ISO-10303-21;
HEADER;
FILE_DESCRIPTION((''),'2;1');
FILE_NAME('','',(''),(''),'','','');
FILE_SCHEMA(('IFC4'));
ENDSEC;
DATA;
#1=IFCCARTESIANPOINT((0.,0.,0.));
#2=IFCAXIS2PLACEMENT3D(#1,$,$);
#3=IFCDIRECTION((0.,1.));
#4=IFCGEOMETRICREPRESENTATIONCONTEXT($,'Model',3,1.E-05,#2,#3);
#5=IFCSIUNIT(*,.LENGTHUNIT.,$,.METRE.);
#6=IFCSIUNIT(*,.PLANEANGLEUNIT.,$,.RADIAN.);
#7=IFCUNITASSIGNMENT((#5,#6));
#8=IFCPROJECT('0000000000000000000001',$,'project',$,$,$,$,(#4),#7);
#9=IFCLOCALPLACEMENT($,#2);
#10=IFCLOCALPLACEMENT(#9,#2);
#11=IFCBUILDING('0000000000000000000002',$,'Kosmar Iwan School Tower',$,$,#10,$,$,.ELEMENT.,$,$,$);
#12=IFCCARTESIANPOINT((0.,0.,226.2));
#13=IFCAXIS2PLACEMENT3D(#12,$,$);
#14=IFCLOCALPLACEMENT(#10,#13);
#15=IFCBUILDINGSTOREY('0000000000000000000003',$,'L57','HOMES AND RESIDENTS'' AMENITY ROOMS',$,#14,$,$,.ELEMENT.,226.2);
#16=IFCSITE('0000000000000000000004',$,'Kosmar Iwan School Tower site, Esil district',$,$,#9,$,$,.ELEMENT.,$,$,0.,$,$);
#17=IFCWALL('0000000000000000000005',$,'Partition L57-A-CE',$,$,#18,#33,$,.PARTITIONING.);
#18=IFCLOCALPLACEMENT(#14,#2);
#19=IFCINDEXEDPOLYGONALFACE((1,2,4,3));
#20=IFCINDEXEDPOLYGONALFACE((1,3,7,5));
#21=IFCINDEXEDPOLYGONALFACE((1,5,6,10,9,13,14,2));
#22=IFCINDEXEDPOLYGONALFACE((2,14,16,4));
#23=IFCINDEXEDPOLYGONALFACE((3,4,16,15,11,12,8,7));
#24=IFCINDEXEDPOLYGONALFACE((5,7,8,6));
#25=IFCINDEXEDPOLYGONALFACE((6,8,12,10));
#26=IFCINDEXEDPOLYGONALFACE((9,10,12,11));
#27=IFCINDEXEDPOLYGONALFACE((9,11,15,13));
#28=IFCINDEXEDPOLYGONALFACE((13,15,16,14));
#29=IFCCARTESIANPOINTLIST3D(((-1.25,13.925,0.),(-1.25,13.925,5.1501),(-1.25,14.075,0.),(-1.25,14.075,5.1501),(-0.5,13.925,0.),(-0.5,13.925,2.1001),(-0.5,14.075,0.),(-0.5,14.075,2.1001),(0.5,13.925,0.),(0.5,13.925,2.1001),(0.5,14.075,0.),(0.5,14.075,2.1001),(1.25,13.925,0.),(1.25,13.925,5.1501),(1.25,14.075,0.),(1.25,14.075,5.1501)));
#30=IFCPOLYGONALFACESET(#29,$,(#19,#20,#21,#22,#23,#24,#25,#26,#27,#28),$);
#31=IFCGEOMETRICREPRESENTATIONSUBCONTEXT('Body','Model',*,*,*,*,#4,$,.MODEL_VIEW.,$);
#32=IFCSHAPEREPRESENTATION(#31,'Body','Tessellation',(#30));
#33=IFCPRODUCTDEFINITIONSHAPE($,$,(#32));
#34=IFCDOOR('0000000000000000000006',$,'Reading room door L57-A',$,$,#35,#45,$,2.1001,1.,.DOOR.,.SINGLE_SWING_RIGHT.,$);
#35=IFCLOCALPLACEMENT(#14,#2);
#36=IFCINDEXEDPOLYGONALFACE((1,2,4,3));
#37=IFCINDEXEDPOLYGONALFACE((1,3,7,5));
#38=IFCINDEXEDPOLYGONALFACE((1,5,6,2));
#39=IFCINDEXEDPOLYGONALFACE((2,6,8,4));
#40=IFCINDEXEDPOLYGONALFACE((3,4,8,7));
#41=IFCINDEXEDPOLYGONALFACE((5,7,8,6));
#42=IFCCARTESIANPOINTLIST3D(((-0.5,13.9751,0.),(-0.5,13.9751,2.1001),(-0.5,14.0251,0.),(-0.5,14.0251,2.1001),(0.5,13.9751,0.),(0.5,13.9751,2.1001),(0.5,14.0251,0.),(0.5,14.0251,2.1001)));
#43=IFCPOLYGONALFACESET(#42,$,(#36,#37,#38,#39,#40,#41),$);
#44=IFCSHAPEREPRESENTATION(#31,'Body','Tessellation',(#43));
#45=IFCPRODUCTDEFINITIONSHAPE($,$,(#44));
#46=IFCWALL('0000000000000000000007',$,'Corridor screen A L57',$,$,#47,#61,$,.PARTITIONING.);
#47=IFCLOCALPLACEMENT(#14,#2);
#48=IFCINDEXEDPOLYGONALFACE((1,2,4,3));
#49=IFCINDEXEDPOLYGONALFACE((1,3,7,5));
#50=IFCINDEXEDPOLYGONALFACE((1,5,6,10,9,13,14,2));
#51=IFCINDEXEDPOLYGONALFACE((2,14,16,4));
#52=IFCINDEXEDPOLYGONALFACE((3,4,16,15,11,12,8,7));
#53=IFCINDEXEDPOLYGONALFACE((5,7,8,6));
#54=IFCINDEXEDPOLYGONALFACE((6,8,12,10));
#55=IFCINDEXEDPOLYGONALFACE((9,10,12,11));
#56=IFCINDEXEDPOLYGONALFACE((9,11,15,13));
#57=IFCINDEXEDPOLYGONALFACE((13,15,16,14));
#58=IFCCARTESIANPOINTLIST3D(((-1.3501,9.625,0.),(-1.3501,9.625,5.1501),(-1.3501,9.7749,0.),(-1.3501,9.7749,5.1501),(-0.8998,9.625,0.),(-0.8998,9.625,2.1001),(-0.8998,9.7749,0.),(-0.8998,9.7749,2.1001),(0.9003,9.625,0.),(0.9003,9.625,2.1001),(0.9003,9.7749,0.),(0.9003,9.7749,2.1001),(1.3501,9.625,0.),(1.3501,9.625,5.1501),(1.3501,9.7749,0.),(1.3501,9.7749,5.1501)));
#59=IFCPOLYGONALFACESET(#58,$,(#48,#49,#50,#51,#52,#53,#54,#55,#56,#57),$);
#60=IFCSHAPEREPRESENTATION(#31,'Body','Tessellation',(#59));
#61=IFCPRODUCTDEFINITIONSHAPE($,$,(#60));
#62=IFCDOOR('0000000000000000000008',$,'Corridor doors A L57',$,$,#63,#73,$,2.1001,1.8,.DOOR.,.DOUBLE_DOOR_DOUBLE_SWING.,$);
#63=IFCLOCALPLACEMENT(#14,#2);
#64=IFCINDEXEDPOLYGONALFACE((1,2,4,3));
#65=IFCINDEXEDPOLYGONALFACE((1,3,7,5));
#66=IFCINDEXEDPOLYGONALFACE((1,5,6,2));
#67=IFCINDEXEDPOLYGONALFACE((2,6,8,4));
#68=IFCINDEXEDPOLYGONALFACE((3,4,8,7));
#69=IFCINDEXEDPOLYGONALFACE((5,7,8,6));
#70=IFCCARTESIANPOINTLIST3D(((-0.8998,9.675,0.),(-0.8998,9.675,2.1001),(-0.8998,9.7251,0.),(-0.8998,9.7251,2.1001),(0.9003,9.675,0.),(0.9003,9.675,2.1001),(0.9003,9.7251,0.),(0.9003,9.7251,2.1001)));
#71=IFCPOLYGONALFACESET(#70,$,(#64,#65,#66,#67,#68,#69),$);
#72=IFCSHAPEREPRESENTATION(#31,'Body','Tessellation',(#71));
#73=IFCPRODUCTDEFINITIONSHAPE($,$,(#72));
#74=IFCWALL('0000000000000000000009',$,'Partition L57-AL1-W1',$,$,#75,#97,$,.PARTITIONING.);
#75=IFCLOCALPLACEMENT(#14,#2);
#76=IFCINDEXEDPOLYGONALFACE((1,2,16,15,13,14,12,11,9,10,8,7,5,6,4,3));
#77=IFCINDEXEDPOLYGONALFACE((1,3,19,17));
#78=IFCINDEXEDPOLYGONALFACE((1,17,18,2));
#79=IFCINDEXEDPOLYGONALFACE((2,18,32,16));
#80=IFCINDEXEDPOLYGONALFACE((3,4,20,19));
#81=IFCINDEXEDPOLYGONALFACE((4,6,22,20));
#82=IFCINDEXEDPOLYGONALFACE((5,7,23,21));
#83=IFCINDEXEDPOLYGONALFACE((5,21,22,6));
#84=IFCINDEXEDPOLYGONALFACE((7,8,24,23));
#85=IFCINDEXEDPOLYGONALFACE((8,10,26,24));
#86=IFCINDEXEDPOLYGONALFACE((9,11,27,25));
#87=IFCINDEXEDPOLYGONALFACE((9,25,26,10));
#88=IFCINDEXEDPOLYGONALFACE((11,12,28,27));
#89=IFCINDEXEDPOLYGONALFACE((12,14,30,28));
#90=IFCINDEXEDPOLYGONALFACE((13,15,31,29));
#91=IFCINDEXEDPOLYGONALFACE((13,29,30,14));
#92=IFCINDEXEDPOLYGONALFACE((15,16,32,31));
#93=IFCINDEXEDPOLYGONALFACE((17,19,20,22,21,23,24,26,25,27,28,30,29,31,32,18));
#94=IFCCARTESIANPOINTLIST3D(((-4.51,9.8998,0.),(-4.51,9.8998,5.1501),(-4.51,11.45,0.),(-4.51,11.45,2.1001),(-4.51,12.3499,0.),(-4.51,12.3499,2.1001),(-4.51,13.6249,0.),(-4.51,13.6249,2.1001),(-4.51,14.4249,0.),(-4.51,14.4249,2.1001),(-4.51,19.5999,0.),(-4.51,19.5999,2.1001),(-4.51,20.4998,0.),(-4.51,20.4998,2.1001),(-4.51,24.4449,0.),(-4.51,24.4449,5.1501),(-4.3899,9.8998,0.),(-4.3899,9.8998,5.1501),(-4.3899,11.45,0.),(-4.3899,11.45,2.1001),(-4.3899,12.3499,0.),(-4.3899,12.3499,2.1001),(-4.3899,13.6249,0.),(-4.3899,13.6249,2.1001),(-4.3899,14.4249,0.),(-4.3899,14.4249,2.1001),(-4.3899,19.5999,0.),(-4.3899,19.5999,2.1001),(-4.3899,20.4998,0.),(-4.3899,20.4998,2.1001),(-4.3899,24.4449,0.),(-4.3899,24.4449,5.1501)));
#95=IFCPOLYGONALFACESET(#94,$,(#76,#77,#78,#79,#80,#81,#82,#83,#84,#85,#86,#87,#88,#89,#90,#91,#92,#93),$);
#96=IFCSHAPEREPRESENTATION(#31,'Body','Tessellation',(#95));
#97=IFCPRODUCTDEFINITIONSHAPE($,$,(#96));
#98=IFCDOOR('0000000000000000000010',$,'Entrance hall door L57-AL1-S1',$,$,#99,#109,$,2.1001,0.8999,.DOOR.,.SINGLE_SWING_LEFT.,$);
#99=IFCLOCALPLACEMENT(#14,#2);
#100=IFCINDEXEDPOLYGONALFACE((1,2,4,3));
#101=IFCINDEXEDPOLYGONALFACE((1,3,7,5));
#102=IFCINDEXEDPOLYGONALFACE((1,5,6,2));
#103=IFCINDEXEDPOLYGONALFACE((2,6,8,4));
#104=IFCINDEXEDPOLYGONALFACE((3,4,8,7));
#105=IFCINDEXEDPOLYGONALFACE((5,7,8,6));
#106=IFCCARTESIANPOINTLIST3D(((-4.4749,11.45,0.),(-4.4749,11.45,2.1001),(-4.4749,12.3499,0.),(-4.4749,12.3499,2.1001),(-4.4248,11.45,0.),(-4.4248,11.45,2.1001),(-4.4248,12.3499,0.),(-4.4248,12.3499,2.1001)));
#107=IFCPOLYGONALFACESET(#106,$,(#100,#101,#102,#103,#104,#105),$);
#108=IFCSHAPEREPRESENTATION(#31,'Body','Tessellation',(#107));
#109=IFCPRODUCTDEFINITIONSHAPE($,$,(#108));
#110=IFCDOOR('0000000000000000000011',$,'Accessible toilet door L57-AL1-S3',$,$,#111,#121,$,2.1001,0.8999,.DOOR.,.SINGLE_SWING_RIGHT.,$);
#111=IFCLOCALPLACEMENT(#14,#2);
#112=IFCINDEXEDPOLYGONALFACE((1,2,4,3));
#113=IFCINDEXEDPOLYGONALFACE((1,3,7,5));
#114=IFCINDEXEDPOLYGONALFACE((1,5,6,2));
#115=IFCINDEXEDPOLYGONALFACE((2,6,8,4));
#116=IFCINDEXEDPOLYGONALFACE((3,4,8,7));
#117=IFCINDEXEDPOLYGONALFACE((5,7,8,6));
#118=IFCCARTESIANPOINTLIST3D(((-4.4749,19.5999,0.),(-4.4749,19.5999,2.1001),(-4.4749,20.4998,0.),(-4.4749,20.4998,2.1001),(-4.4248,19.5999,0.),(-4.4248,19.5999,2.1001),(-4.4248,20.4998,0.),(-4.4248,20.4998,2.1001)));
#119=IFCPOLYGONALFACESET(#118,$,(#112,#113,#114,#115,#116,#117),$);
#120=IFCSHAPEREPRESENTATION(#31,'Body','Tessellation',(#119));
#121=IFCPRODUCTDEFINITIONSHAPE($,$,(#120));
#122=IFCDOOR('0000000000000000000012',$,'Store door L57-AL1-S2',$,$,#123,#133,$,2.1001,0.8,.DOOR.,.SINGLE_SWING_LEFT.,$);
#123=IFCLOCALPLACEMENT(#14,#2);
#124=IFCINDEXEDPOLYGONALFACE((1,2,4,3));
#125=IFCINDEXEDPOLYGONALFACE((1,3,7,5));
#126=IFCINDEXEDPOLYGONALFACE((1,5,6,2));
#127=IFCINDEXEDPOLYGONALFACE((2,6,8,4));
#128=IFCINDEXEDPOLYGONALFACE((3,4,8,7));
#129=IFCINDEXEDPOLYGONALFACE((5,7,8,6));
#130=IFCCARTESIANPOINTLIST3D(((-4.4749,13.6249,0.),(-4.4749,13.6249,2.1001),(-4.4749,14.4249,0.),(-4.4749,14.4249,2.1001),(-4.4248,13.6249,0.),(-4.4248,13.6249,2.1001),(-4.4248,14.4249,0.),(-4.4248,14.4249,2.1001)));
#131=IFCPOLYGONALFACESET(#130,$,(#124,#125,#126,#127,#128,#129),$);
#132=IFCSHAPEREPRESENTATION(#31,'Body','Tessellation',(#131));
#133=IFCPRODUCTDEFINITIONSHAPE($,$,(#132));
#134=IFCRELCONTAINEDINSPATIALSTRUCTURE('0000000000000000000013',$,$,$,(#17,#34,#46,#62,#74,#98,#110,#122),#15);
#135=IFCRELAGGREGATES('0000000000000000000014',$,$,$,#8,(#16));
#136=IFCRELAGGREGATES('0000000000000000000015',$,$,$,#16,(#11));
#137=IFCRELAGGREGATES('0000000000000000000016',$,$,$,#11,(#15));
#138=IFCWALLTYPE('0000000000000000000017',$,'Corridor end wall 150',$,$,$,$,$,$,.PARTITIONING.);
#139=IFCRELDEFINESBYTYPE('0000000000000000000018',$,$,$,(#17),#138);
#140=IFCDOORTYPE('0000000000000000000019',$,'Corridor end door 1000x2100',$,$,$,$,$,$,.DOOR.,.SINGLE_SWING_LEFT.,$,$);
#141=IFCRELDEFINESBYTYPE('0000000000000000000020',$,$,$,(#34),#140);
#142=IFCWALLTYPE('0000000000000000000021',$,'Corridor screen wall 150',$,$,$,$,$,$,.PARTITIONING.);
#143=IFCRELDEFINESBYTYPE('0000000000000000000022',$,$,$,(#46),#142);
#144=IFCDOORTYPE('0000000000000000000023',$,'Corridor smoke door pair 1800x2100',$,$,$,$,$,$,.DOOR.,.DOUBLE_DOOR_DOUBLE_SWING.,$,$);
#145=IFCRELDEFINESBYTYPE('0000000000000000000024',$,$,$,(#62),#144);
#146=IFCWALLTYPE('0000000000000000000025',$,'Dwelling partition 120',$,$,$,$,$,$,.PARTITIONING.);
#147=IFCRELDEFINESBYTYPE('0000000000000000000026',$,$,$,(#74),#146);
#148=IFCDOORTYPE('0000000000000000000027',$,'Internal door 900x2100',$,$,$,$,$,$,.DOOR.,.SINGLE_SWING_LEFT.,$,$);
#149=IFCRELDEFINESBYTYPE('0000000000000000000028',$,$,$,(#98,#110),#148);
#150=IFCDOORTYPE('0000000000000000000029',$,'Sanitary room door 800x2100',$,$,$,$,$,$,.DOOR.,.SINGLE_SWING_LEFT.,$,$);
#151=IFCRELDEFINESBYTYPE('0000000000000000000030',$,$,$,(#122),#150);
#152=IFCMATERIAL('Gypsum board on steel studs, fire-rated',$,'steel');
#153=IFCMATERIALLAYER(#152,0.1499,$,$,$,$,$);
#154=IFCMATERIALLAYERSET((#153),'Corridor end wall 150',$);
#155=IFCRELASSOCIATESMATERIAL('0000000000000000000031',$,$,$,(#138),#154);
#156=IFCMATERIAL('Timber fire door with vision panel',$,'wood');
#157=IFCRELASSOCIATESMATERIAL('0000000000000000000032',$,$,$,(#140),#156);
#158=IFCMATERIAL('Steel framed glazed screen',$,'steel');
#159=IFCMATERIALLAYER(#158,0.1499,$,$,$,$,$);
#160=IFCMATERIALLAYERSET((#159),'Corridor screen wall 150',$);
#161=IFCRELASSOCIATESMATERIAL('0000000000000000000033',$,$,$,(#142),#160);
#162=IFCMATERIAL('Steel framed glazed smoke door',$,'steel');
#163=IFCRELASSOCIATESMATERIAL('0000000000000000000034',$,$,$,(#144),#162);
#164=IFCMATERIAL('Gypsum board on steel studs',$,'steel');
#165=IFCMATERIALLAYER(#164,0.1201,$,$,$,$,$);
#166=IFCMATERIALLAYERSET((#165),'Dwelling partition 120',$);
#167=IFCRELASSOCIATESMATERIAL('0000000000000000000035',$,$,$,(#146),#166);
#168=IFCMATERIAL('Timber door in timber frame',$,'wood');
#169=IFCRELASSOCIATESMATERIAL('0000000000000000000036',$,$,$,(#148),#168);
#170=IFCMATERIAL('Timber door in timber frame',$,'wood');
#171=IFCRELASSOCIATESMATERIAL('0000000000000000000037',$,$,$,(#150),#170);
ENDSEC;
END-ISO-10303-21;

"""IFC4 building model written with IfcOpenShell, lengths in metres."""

from ifc_helpers import new_model, si_unit, direction, frame, frame_2d, origin, place, context, subcontext, project, spatial, rectangle, extrude, material, layer, layer_set, type_object, element, fill, save


model = new_model("IFC4")

# Units and contexts
model_context = context("Model", 3, precision=1e-05, world=origin(), true_north=direction((0.0, 1.0)))
body_context = subcontext(model_context, "Body", "Model", "MODEL_VIEW")
ifc_project = project(units=[si_unit("LENGTHUNIT", "METRE"), si_unit("PLANEANGLEUNIT", "RADIAN")], contexts=[model_context])

# Site, building, storey
site_placement = place(None, origin())
site = spatial("IfcSite", under=ifc_project, at=site_placement, Name="Kosmar Iwan School Tower site, Esil district", CompositionType="ELEMENT", RefElevation=0.0)
building_placement = place(site_placement, origin())
building = spatial("IfcBuilding", under=site, at=building_placement, Name="Kosmar Iwan School Tower", CompositionType="ELEMENT")
storey_placement = place(building_placement, frame((0.0, 0.0, 226.2)))
storey = spatial("IfcBuildingStorey", under=building, at=storey_placement, Name="L57", Description="HOMES AND RESIDENTS' AMENITY ROOMS", CompositionType="ELEMENT", Elevation=226.2)

# Walls, openings, doors
ifc_material_1 = material(Name="Gypsum board on steel studs, fire-rated", Category="steel")
ifc_layer_1 = layer(ifc_material_1, 0.1499)
ifc_layer_set_1 = layer_set([ifc_layer_1], Name="Corridor end wall 150")
wall_type_1 = type_object("IfcWallType", Name="Corridor end wall 150", PredefinedType="PARTITIONING", material=ifc_layer_set_1)
wall_1_placement = place(storey_placement, frame((1.25, 14.0, 0.0), z_axis=(0.0, 0.0, 1.0), x_axis=(-1.0, 0.0, 0.0)))
wall_1 = element("IfcWall", 1, at=wall_1_placement, inside=storey, type_object=wall_type_1, Name="Partition L57-A-CE", PredefinedType="PARTITIONING", context=body_context, shape_type="SweptSolid", body=[
    extrude(rectangle(XDim=2.5, YDim=0.1499, at=frame_2d((1.25, 0.0))), origin(), (0.0, 0.0, 1.0), 5.1501),
])
opening_1_placement = place(wall_1_placement, frame((0.75, 0.0, 0.0)))
opening_1 = element("IfcOpeningElement", 2, at=opening_1_placement, cuts=wall_1, PredefinedType="OPENING", context=body_context, shape_type="SweptSolid", body=[
    extrude(rectangle(XDim=1.0, YDim=2.1001, at=frame_2d((0.5, 1.05))), frame((0.0, 0.0869, 0.0), z_axis=(0.0, -1.0, 0.0), x_axis=(1.0, 0.0, 0.0)), (0.0, 0.0, 1.0), 0.1738),
])
ifc_material_2 = material(Name="Timber fire door with vision panel", Category="wood")
door_type_1 = type_object("IfcDoorType", Name="Corridor end door 1000x2100", OperationType="SINGLE_SWING_LEFT", PredefinedType="DOOR", material=ifc_material_2)
door_1_placement = place(opening_1_placement, origin())
door_1 = element("IfcDoor", 3, at=door_1_placement, inside=storey, type_object=door_type_1, Name="Reading room door L57-A", OperationType="SINGLE_SWING_RIGHT", OverallHeight=2.1001, OverallWidth=1.0, PredefinedType="DOOR", context=body_context, shape_type="SweptSolid", body=[
    extrude(rectangle(XDim=1.0, YDim=2.1001, at=frame_2d((0.5, 1.05))), frame((0.0, 0.0249, 0.0), z_axis=(0.0, -1.0, 0.0), x_axis=(1.0, 0.0, 0.0)), (0.0, 0.0, 1.0), 0.05),
])
fill(opening_1, door_1)
ifc_material_3 = material(Name="Steel framed glazed screen", Category="steel")
ifc_layer_2 = layer(ifc_material_3, 0.1499)
ifc_layer_set_2 = layer_set([ifc_layer_2], Name="Corridor screen wall 150")
wall_type_2 = type_object("IfcWallType", Name="Corridor screen wall 150", PredefinedType="PARTITIONING", material=ifc_layer_set_2)
wall_2_placement = place(storey_placement, frame((1.3501, 9.7, 0.0), z_axis=(0.0, 0.0, 1.0), x_axis=(-1.0, 0.0, 0.0)))
wall_2 = element("IfcWall", 4, at=wall_2_placement, inside=storey, type_object=wall_type_2, Name="Corridor screen A L57", PredefinedType="PARTITIONING", context=body_context, shape_type="SweptSolid", body=[
    extrude(rectangle(XDim=2.7002, YDim=0.1499, at=frame_2d((1.3501, 0.0))), origin(), (0.0, 0.0, 1.0), 5.1501),
])
opening_2_placement = place(wall_2_placement, frame((0.45, 0.0, 0.0)))
opening_2 = element("IfcOpeningElement", 5, at=opening_2_placement, cuts=wall_2, PredefinedType="OPENING", context=body_context, shape_type="SweptSolid", body=[
    extrude(rectangle(XDim=1.8, YDim=2.1001, at=frame_2d((0.8999, 1.05))), frame((0.0, 0.0869, 0.0), z_axis=(0.0, -1.0, 0.0), x_axis=(1.0, 0.0, 0.0)), (0.0, 0.0, 1.0), 0.1738),
])
ifc_material_4 = material(Name="Steel framed glazed smoke door", Category="steel")
door_type_2 = type_object("IfcDoorType", Name="Corridor smoke door pair 1800x2100", OperationType="DOUBLE_DOOR_DOUBLE_SWING", PredefinedType="DOOR", material=ifc_material_4)
door_2_placement = place(opening_2_placement, origin())
door_2 = element("IfcDoor", 6, at=door_2_placement, inside=storey, type_object=door_type_2, Name="Corridor doors A L57", OperationType="DOUBLE_DOOR_DOUBLE_SWING", OverallHeight=2.1001, OverallWidth=1.8, PredefinedType="DOOR", context=body_context, shape_type="SweptSolid", body=[
    extrude(rectangle(XDim=1.8, YDim=2.1001, at=frame_2d((0.8999, 1.05))), frame((0.0, 0.0249, 0.0), z_axis=(0.0, -1.0, 0.0), x_axis=(1.0, 0.0, 0.0)), (0.0, 0.0, 1.0), 0.05),
])
fill(opening_2, door_2)

# Wall, openings, doors
ifc_material_5 = material(Name="Gypsum board on steel studs", Category="steel")
ifc_layer_3 = layer(ifc_material_5, 0.1201)
ifc_layer_set_3 = layer_set([ifc_layer_3], Name="Dwelling partition 120")
wall_type_3 = type_object("IfcWallType", Name="Dwelling partition 120", PredefinedType="PARTITIONING", material=ifc_layer_set_3)
wall_3_placement = place(storey_placement, frame((-4.45, 9.8999, 0.0), z_axis=(0.0, 0.0, 1.0), x_axis=(0.0, 1.0, 0.0)))
wall_3 = element("IfcWall", 7, at=wall_3_placement, inside=storey, type_object=wall_type_3, Name="Partition L57-AL1-W1", PredefinedType="PARTITIONING", context=body_context, shape_type="SweptSolid", body=[
    extrude(rectangle(XDim=14.5452, YDim=0.1201, at=frame_2d((7.2725, 0.0))), origin(), (0.0, 0.0, 1.0), 5.1501),
])
opening_3_placement = place(wall_3_placement, frame((1.55, 0.0, 0.0)))
opening_3 = element("IfcOpeningElement", 8, at=opening_3_placement, cuts=wall_3, PredefinedType="OPENING", context=body_context, shape_type="SweptSolid", body=[
    extrude(rectangle(XDim=0.8999, YDim=2.1001, at=frame_2d((0.45, 1.05))), frame((0.0, 0.072, 0.0), z_axis=(0.0, -1.0, 0.0), x_axis=(1.0, 0.0, 0.0)), (0.0, 0.0, 1.0), 0.144),
])
opening_4_placement = place(wall_3_placement, frame((3.7251, 0.0, 0.0)))
opening_4 = element("IfcOpeningElement", 9, at=opening_4_placement, cuts=wall_3, PredefinedType="OPENING", context=body_context, shape_type="SweptSolid", body=[
    extrude(rectangle(XDim=0.8, YDim=2.1001, at=frame_2d((0.3999, 1.05))), frame((0.0, 0.072, 0.0), z_axis=(0.0, -1.0, 0.0), x_axis=(1.0, 0.0, 0.0)), (0.0, 0.0, 1.0), 0.144),
])
opening_5_placement = place(wall_3_placement, frame((9.7, 0.0, 0.0)))
opening_5 = element("IfcOpeningElement", 10, at=opening_5_placement, cuts=wall_3, PredefinedType="OPENING", context=body_context, shape_type="SweptSolid", body=[
    extrude(rectangle(XDim=0.8999, YDim=2.1001, at=frame_2d((0.45, 1.05))), frame((0.0, 0.072, 0.0), z_axis=(0.0, -1.0, 0.0), x_axis=(1.0, 0.0, 0.0)), (0.0, 0.0, 1.0), 0.144),
])
ifc_material_6 = material(Name="Timber door in timber frame", Category="wood")
door_type_3 = type_object("IfcDoorType", Name="Internal door 900x2100", OperationType="SINGLE_SWING_LEFT", PredefinedType="DOOR", material=ifc_material_6)
door_3_placement = place(opening_3_placement, origin())
door_3 = element("IfcDoor", 11, at=door_3_placement, inside=storey, type_object=door_type_3, Name="Entrance hall door L57-AL1-S1", OperationType="SINGLE_SWING_LEFT", OverallHeight=2.1001, OverallWidth=0.8999, PredefinedType="DOOR", context=body_context, shape_type="SweptSolid", body=[
    extrude(rectangle(XDim=0.8999, YDim=2.1001, at=frame_2d((0.45, 1.05))), frame((0.0, 0.0249, 0.0), z_axis=(0.0, -1.0, 0.0), x_axis=(1.0, 0.0, 0.0)), (0.0, 0.0, 1.0), 0.05),
])
fill(opening_3, door_3)
door_4_placement = place(opening_5_placement, origin())
door_4 = element("IfcDoor", 12, at=door_4_placement, inside=storey, type_object=door_type_3, Name="Accessible toilet door L57-AL1-S3", OperationType="SINGLE_SWING_RIGHT", OverallHeight=2.1001, OverallWidth=0.8999, PredefinedType="DOOR", context=body_context, shape_type="SweptSolid", body=[
    extrude(rectangle(XDim=0.8999, YDim=2.1001, at=frame_2d((0.45, 1.05))), frame((0.0, 0.0249, 0.0), z_axis=(0.0, -1.0, 0.0), x_axis=(1.0, 0.0, 0.0)), (0.0, 0.0, 1.0), 0.05),
])
fill(opening_5, door_4)
ifc_material_7 = material(Name="Timber door in timber frame", Category="wood")
door_type_4 = type_object("IfcDoorType", Name="Sanitary room door 800x2100", OperationType="SINGLE_SWING_LEFT", PredefinedType="DOOR", material=ifc_material_7)
door_5_placement = place(opening_4_placement, origin())
door_5 = element("IfcDoor", 13, at=door_5_placement, inside=storey, type_object=door_type_4, Name="Store door L57-AL1-S2", OperationType="SINGLE_SWING_LEFT", OverallHeight=2.1001, OverallWidth=0.8, PredefinedType="DOOR", context=body_context, shape_type="SweptSolid", body=[
    extrude(rectangle(XDim=0.8, YDim=2.1001, at=frame_2d((0.3999, 1.05))), frame((0.0, 0.0249, 0.0), z_axis=(0.0, -1.0, 0.0), x_axis=(1.0, 0.0, 0.0)), (0.0, 0.0, 1.0), 0.05),
])
fill(opening_4, door_5)

save(model, "model.ifc")
